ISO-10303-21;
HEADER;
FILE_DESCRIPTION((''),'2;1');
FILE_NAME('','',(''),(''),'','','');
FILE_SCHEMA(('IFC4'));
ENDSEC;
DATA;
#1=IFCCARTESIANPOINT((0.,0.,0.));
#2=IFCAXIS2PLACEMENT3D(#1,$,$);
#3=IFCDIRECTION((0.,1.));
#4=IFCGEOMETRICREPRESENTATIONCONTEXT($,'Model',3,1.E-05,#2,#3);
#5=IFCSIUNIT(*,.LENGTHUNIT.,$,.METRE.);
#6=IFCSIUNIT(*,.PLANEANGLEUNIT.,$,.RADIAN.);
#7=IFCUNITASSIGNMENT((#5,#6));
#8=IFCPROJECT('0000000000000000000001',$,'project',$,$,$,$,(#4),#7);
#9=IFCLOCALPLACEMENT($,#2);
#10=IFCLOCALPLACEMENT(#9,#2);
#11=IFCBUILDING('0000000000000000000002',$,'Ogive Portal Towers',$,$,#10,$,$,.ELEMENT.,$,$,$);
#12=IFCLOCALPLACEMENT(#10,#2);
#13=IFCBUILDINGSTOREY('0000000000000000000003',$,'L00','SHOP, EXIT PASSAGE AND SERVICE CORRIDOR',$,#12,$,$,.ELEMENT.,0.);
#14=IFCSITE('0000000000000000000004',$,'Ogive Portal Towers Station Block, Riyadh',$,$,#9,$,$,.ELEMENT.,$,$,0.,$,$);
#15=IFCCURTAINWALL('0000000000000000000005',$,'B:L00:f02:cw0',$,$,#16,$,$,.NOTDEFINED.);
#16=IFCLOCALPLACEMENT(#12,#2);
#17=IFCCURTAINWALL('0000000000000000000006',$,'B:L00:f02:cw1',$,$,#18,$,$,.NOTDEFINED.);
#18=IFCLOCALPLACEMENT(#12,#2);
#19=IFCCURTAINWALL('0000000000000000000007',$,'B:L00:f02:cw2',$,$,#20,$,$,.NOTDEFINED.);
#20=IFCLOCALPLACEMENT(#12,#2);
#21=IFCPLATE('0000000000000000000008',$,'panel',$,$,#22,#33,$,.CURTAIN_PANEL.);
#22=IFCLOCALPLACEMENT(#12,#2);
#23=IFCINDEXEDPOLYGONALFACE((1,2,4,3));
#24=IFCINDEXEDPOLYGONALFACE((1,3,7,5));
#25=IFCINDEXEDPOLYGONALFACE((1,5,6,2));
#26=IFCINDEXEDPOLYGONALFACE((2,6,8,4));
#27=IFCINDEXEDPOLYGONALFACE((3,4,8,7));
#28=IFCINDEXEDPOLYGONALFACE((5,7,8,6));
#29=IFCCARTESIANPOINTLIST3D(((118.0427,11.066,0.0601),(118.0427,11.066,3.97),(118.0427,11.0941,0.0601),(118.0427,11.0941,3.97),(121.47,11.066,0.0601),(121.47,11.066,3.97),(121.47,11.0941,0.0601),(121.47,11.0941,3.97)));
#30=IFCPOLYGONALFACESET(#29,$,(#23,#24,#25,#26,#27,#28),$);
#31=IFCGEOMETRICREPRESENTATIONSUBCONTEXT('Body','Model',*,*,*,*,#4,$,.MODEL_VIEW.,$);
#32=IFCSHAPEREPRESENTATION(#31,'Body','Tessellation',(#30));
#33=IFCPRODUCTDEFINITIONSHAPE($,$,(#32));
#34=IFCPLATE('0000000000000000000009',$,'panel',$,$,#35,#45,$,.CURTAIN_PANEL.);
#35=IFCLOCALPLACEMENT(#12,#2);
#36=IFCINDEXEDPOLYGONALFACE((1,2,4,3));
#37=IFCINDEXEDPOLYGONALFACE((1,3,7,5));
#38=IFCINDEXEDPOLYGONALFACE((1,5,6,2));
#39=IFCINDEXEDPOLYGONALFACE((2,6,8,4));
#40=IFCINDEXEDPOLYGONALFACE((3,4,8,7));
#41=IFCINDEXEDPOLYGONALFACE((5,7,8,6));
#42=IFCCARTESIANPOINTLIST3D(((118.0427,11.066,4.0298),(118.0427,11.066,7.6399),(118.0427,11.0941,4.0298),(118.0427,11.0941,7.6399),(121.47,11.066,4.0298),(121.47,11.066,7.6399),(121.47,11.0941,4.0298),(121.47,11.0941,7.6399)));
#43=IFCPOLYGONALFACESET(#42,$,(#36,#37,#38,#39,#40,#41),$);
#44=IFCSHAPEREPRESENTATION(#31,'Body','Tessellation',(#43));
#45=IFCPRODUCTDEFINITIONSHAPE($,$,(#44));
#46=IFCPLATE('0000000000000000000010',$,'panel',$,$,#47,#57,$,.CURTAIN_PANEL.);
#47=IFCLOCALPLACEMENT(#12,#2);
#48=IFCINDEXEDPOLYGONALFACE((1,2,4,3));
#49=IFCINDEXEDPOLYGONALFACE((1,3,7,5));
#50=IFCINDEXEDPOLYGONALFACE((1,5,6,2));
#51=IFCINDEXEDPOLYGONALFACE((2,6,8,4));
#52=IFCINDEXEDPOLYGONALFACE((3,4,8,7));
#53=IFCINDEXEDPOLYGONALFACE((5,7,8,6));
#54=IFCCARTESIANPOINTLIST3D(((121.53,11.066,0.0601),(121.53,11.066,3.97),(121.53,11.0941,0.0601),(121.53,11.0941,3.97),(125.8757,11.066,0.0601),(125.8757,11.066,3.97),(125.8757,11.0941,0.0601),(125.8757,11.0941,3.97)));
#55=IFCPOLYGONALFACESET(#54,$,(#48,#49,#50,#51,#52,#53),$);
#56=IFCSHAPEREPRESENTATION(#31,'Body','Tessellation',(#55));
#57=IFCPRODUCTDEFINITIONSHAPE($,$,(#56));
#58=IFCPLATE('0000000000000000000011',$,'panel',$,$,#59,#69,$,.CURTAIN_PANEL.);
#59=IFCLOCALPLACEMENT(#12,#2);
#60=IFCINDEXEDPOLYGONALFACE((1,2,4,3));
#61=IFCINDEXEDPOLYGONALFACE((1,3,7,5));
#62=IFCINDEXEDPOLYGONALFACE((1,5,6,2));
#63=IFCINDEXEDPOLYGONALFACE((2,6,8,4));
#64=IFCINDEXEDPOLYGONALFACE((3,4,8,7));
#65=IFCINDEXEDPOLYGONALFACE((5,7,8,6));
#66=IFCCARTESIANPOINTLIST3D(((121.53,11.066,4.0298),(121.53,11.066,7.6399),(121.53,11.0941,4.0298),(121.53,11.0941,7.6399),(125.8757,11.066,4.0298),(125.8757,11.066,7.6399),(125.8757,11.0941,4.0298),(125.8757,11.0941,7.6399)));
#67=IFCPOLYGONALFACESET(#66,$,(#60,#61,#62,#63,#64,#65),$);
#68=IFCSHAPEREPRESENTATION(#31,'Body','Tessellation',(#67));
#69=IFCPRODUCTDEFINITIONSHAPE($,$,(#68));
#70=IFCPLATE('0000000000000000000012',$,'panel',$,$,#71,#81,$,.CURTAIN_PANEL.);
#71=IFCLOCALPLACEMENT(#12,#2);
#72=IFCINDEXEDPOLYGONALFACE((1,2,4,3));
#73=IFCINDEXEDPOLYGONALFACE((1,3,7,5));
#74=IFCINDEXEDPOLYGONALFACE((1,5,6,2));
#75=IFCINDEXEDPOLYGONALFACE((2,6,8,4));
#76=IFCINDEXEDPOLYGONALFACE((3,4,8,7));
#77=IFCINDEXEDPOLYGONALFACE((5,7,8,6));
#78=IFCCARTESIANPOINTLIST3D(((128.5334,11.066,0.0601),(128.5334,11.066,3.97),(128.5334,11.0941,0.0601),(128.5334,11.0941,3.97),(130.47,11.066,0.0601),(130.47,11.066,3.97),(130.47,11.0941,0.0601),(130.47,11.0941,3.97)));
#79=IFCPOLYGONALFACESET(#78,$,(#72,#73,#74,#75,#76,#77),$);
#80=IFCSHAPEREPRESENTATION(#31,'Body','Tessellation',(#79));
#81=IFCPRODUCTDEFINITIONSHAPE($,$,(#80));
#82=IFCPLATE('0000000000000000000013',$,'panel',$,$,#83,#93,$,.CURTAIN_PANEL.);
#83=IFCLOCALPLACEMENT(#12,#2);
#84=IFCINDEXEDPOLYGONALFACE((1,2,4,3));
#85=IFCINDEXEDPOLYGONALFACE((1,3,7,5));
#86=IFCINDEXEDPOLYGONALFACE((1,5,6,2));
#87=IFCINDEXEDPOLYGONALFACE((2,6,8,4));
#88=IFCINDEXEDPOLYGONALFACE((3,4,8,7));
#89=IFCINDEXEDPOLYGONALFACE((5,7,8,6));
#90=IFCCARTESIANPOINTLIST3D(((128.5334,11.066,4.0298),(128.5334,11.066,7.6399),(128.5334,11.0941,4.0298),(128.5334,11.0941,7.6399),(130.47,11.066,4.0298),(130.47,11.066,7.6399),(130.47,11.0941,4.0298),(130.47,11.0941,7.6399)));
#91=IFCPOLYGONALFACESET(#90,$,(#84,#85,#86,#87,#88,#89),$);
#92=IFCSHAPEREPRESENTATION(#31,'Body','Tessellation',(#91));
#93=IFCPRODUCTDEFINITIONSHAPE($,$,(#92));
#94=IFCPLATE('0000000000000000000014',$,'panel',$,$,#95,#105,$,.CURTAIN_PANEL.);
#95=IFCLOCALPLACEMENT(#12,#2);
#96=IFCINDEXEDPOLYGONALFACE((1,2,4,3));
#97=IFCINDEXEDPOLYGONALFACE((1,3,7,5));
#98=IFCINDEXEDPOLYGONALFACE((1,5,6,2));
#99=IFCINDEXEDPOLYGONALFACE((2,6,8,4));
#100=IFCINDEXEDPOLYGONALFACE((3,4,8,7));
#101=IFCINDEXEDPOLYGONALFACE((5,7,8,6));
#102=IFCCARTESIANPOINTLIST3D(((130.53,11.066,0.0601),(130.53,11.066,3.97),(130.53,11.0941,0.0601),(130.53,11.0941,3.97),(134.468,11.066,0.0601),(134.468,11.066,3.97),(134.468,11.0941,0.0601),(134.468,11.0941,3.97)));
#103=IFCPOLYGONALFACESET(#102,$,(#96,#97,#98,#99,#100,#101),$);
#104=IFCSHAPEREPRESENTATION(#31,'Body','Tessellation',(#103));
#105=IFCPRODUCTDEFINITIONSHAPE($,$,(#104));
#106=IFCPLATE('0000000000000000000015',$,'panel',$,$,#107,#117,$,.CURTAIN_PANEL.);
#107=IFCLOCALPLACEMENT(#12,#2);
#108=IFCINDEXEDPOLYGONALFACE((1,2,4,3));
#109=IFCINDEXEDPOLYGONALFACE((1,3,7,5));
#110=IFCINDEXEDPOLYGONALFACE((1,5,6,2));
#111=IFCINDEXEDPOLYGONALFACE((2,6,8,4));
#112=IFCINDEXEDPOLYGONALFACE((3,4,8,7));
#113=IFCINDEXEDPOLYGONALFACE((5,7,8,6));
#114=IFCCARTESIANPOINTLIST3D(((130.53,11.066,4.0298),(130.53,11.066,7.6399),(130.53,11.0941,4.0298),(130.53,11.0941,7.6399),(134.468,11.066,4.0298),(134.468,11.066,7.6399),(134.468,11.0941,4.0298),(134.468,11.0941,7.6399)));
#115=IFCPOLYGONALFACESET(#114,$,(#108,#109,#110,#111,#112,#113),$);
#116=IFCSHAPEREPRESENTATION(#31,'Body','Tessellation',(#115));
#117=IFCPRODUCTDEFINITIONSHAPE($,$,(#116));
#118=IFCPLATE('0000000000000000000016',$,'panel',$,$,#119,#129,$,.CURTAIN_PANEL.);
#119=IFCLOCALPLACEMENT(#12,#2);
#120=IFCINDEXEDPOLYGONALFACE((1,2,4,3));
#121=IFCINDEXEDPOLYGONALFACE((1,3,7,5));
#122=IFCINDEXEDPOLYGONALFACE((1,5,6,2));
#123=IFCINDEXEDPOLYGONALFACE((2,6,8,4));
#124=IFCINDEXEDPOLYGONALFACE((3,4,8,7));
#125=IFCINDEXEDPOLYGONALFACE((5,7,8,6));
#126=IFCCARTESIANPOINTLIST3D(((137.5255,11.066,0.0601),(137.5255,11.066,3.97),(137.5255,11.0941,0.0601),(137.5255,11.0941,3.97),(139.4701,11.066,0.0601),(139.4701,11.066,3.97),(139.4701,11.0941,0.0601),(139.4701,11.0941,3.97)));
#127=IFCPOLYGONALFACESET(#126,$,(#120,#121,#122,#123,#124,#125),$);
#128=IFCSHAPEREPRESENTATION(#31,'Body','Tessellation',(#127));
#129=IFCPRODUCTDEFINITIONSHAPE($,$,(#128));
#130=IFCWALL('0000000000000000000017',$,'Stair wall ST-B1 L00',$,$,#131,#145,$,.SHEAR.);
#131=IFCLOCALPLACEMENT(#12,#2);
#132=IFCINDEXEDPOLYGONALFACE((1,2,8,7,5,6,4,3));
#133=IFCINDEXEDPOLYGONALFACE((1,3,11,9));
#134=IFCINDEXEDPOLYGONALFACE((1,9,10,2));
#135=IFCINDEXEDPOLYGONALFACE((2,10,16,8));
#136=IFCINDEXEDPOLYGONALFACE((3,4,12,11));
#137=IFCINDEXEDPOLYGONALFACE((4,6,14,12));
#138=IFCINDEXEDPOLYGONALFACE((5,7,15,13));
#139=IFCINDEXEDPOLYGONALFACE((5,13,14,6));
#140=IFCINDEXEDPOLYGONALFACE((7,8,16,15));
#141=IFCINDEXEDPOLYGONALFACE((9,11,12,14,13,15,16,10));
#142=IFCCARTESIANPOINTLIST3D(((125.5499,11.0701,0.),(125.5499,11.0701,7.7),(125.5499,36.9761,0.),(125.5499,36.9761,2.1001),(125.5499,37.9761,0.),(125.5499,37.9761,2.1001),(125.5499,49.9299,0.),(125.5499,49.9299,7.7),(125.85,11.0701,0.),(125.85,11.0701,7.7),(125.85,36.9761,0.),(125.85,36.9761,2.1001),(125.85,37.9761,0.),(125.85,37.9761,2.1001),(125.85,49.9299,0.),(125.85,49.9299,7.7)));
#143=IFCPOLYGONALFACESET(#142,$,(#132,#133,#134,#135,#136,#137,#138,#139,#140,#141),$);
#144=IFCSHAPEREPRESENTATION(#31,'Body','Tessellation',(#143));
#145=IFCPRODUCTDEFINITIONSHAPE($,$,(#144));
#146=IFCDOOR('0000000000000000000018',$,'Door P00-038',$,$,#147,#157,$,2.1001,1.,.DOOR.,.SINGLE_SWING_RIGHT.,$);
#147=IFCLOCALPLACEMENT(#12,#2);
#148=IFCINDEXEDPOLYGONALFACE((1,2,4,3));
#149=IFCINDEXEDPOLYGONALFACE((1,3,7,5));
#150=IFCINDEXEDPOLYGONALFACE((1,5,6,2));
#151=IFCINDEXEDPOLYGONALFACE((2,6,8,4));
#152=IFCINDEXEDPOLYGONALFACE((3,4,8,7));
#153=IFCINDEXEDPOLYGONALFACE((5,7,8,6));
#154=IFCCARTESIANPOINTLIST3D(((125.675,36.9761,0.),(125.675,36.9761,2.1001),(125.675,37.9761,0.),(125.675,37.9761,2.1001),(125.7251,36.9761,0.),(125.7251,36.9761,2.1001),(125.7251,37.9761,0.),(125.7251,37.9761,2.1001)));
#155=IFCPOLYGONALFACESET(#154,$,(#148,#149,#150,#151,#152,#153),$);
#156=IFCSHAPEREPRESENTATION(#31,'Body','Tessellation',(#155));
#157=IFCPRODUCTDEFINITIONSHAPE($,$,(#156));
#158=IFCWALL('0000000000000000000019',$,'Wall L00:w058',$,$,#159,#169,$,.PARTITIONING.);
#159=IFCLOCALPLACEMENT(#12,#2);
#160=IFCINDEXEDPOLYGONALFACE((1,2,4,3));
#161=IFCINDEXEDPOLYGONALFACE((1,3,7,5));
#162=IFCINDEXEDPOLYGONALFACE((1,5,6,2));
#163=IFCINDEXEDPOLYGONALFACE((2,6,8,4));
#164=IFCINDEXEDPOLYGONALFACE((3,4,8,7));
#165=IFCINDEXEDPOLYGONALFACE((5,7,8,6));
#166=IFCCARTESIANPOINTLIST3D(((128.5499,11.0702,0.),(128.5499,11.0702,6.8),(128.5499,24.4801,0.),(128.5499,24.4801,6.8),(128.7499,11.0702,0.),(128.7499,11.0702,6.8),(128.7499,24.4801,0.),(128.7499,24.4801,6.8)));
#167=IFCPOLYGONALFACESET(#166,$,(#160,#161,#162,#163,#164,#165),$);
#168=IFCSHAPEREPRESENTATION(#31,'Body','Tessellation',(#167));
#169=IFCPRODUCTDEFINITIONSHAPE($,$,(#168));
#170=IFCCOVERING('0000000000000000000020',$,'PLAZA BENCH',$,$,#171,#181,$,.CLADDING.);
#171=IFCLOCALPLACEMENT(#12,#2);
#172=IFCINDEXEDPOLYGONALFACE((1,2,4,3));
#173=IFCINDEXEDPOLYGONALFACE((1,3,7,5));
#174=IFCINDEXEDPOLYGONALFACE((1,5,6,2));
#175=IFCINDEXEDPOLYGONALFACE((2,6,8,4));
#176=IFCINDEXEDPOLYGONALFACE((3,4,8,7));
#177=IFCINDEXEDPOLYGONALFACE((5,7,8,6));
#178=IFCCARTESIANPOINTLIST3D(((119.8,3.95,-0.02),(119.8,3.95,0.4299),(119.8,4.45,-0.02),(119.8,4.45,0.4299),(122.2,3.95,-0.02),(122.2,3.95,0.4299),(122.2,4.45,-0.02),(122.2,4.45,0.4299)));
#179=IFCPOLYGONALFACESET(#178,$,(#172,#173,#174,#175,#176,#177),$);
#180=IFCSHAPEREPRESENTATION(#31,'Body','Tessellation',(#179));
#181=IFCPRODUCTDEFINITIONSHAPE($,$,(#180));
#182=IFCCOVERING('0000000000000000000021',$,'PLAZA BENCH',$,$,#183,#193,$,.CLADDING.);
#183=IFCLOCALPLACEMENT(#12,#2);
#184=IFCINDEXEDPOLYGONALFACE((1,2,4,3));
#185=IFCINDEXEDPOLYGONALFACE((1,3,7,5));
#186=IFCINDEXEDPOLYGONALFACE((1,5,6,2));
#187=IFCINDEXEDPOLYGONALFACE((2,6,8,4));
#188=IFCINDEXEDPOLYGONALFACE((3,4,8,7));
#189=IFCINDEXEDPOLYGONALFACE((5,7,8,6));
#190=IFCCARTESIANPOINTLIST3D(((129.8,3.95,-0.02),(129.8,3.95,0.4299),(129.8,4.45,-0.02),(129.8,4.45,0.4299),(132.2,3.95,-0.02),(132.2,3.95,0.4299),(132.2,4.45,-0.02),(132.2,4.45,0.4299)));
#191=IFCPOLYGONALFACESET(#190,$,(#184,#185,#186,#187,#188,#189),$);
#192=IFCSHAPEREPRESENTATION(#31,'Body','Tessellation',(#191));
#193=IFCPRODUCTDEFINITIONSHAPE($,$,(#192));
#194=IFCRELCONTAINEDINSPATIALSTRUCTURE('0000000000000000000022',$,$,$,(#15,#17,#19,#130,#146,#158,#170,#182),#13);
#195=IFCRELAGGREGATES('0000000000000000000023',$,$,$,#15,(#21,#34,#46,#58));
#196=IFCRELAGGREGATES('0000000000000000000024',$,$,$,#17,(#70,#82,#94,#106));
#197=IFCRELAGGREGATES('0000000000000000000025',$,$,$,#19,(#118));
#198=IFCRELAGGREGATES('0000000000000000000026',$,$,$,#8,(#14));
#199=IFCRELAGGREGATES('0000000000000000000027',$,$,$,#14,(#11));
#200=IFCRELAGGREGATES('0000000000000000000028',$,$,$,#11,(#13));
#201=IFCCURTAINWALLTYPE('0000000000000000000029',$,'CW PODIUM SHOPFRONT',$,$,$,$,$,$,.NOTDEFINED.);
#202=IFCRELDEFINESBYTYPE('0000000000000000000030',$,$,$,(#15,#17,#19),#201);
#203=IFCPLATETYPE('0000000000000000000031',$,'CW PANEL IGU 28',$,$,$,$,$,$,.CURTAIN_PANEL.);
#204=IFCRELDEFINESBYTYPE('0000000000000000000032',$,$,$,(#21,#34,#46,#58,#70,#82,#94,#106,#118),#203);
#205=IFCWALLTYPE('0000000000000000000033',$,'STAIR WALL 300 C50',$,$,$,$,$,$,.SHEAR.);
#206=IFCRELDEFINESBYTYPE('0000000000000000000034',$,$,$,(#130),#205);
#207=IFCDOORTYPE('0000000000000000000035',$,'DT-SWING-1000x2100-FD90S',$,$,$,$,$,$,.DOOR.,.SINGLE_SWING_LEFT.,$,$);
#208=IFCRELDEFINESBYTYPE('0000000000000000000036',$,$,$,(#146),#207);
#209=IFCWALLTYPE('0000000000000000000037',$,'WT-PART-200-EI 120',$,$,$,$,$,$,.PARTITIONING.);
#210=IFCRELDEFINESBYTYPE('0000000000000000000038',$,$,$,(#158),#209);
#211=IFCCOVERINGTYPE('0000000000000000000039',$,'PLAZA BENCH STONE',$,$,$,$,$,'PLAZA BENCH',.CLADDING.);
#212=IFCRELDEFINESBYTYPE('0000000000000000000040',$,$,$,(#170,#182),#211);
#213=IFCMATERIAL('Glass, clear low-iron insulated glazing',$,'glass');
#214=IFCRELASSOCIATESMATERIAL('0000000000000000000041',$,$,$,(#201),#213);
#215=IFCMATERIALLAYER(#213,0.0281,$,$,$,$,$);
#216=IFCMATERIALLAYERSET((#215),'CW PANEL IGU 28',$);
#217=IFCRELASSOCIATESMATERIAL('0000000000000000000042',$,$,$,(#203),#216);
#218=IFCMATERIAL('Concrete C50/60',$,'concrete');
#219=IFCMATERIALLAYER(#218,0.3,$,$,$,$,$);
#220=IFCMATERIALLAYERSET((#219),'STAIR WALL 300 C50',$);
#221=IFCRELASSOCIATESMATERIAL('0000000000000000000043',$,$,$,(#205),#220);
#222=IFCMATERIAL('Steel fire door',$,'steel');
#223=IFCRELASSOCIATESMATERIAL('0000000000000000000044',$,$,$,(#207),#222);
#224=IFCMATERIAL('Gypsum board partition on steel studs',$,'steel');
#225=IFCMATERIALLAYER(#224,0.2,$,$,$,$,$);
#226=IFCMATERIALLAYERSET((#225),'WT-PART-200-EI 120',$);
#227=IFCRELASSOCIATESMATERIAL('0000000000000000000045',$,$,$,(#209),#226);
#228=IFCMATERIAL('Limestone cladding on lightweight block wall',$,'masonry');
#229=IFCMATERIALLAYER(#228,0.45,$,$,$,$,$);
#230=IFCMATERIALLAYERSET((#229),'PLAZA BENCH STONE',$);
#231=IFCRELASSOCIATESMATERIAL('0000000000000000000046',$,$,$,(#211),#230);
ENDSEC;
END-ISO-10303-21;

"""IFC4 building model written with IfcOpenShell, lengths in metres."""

from ifc_helpers import new_model, si_unit, direction, frame, frame_2d, origin, origin_2d, place, context, subcontext, project, spatial, rectangle, extrude, material, layer, layer_set, type_object, element, fill, aggregate, save


model = new_model("IFC4")

# Units and contexts
model_context = context("Model", 3, precision=1e-05, world=origin(), true_north=direction((0.0, 1.0)))
body_context = subcontext(model_context, "Body", "Model", "MODEL_VIEW")
ifc_project = project(units=[si_unit("LENGTHUNIT", "METRE"), si_unit("PLANEANGLEUNIT", "RADIAN")], contexts=[model_context])

# Site, building, storey
site_placement = place(None, origin())
site = spatial("IfcSite", under=ifc_project, at=site_placement, Name="Ogive Portal Towers Station Block, Riyadh", CompositionType="ELEMENT", RefElevation=0.0)
building_placement = place(site_placement, origin())
building = spatial("IfcBuilding", under=site, at=building_placement, Name="Ogive Portal Towers", CompositionType="ELEMENT")
storey_placement = place(building_placement, origin())
storey = spatial("IfcBuildingStorey", under=building, at=storey_placement, Name="L00", Description="SHOP, EXIT PASSAGE AND SERVICE CORRIDOR", CompositionType="ELEMENT", Elevation=0.0)

# Curtain walls
ifc_material_1 = material(Name="Glass, clear low-iron insulated glazing", Category="glass")
curtain_wall_type = type_object("IfcCurtainWallType", Name="CW PODIUM SHOPFRONT", PredefinedType="NOTDEFINED", material=ifc_material_1)
curtain_wall_1_placement = place(storey_placement, origin())
curtain_wall_1 = element("IfcCurtainWall", 1, at=curtain_wall_1_placement, inside=storey, type_object=curtain_wall_type, Name="B:L00:f02:cw0", PredefinedType="NOTDEFINED")
curtain_wall_2_placement = place(storey_placement, origin())
curtain_wall_2 = element("IfcCurtainWall", 2, at=curtain_wall_2_placement, inside=storey, type_object=curtain_wall_type, Name="B:L00:f02:cw1", PredefinedType="NOTDEFINED")

# Curtain wall
curtain_wall_3_placement = place(storey_placement, origin())
curtain_wall_3 = element("IfcCurtainWall", 3, at=curtain_wall_3_placement, inside=storey, type_object=curtain_wall_type, Name="B:L00:f02:cw2", PredefinedType="NOTDEFINED")

# Plates
ifc_layer_1 = layer(ifc_material_1, 0.0281)
ifc_layer_set_1 = layer_set([ifc_layer_1], Name="CW PANEL IGU 28")
plate_type = type_object("IfcPlateType", Name="CW PANEL IGU 28", PredefinedType="CURTAIN_PANEL", material=ifc_layer_set_1)
plate_1_placement = place(storey_placement, frame((119.7563, 11.0801, 0.0601), z_axis=(0.0, 0.0, 1.0), x_axis=(1.0, 0.0, 0.0)))
plate_1 = element("IfcPlate", 4, at=plate_1_placement, type_object=plate_type, Name="panel", PredefinedType="CURTAIN_PANEL", context=body_context, shape_type="SweptSolid", body=[
    extrude(rectangle(XDim=3.4272, YDim=0.0281, at=origin_2d()), origin(), (0.0, 0.0, 1.0), 3.9099),
])
plate_2_placement = place(storey_placement, frame((119.7563, 11.0801, 4.0298), z_axis=(0.0, 0.0, 1.0), x_axis=(1.0, 0.0, 0.0)))
plate_2 = element("IfcPlate", 5, at=plate_2_placement, type_object=plate_type, Name="panel", PredefinedType="CURTAIN_PANEL", context=body_context, shape_type="SweptSolid", body=[
    extrude(rectangle(XDim=3.4272, YDim=0.0281, at=origin_2d()), origin(), (0.0, 0.0, 1.0), 3.6101),
])
plate_3_placement = place(storey_placement, frame((123.7029, 11.0801, 0.0601), z_axis=(0.0, 0.0, 1.0), x_axis=(1.0, 0.0, 0.0)))
plate_3 = element("IfcPlate", 6, at=plate_3_placement, type_object=plate_type, Name="panel", PredefinedType="CURTAIN_PANEL", context=body_context, shape_type="SweptSolid", body=[
    extrude(rectangle(XDim=4.3457, YDim=0.0281, at=origin_2d()), origin(), (0.0, 0.0, 1.0), 3.9099),
])
plate_4_placement = place(storey_placement, frame((123.7029, 11.0801, 4.0298), z_axis=(0.0, 0.0, 1.0), x_axis=(1.0, 0.0, 0.0)))
plate_4 = element("IfcPlate", 7, at=plate_4_placement, type_object=plate_type, Name="panel", PredefinedType="CURTAIN_PANEL", context=body_context, shape_type="SweptSolid", body=[
    extrude(rectangle(XDim=4.3457, YDim=0.0281, at=origin_2d()), origin(), (0.0, 0.0, 1.0), 3.6101),
])
aggregate(curtain_wall_1, [plate_1, plate_2, plate_3, plate_4])
plate_5_placement = place(storey_placement, frame((129.5017, 11.0801, 0.0601), z_axis=(0.0, 0.0, 1.0), x_axis=(1.0, 0.0, 0.0)))
plate_5 = element("IfcPlate", 8, at=plate_5_placement, type_object=plate_type, Name="panel", PredefinedType="CURTAIN_PANEL", context=body_context, shape_type="SweptSolid", body=[
    extrude(rectangle(XDim=1.9365, YDim=0.0281, at=origin_2d()), origin(), (0.0, 0.0, 1.0), 3.9099),
])
plate_6_placement = place(storey_placement, frame((129.5017, 11.0801, 4.0298), z_axis=(0.0, 0.0, 1.0), x_axis=(1.0, 0.0, 0.0)))
plate_6 = element("IfcPlate", 9, at=plate_6_placement, type_object=plate_type, Name="panel", PredefinedType="CURTAIN_PANEL", context=body_context, shape_type="SweptSolid", body=[
    extrude(rectangle(XDim=1.9365, YDim=0.0281, at=origin_2d()), origin(), (0.0, 0.0, 1.0), 3.6101),
])
plate_7_placement = place(storey_placement, frame((132.499, 11.0801, 0.0601), z_axis=(0.0, 0.0, 1.0), x_axis=(1.0, 0.0, 0.0)))
plate_7 = element("IfcPlate", 10, at=plate_7_placement, type_object=plate_type, Name="panel", PredefinedType="CURTAIN_PANEL", context=body_context, shape_type="SweptSolid", body=[
    extrude(rectangle(XDim=3.938, YDim=0.0281, at=origin_2d()), origin(), (0.0, 0.0, 1.0), 3.9099),
])
plate_8_placement = place(storey_placement, frame((132.499, 11.0801, 4.0298), z_axis=(0.0, 0.0, 1.0), x_axis=(1.0, 0.0, 0.0)))
plate_8 = element("IfcPlate", 11, at=plate_8_placement, type_object=plate_type, Name="panel", PredefinedType="CURTAIN_PANEL", context=body_context, shape_type="SweptSolid", body=[
    extrude(rectangle(XDim=3.938, YDim=0.0281, at=origin_2d()), origin(), (0.0, 0.0, 1.0), 3.6101),
])
aggregate(curtain_wall_2, [plate_5, plate_6, plate_7, plate_8])
plate_9_placement = place(storey_placement, frame((138.4978, 11.0801, 0.0601), z_axis=(0.0, 0.0, 1.0), x_axis=(1.0, 0.0, 0.0)))
plate_9 = element("IfcPlate", 12, at=plate_9_placement, type_object=plate_type, Name="panel", PredefinedType="CURTAIN_PANEL", context=body_context, shape_type="SweptSolid", body=[
    extrude(rectangle(XDim=1.9446, YDim=0.0281, at=origin_2d()), origin(), (0.0, 0.0, 1.0), 3.9099),
])
aggregate(curtain_wall_3, [plate_9])

# Wall, opening, door
ifc_material_2 = material(Name="Concrete C50/60", Category="concrete")
ifc_layer_2 = layer(ifc_material_2, 0.3)
ifc_layer_set_2 = layer_set([ifc_layer_2], Name="STAIR WALL 300 C50")
wall_type_1 = type_object("IfcWallType", Name="STAIR WALL 300 C50", PredefinedType="SHEAR", material=ifc_layer_set_2)
wall_1_placement = place(storey_placement, frame((125.7, 11.0701, 0.0), z_axis=(0.0, 0.0, 1.0), x_axis=(0.0, 1.0, 0.0)))
wall_1 = element("IfcWall", 13, at=wall_1_placement, inside=storey, type_object=wall_type_1, Name="Stair wall ST-B1 L00", PredefinedType="SHEAR", context=body_context, shape_type="SweptSolid", body=[
    extrude(rectangle(XDim=38.8599, YDim=0.3, at=frame_2d((19.4299, 0.0))), origin(), (0.0, 0.0, 1.0), 7.7),
])
opening_placement = place(wall_1_placement, frame((25.906, 0.0, 0.0)))
opening = element("IfcOpeningElement", 14, at=opening_placement, cuts=wall_1, PredefinedType="OPENING", context=body_context, shape_type="SweptSolid", body=[
    extrude(rectangle(XDim=1.0, YDim=2.1001, at=frame_2d((0.5, 1.05))), frame((0.0, 0.1602, 0.0), z_axis=(0.0, -1.0, 0.0), x_axis=(1.0, 0.0, 0.0)), (0.0, 0.0, 1.0), 0.3201),
])
ifc_material_3 = material(Name="Steel fire door", Category="steel")
door_type = type_object("IfcDoorType", Name="DT-SWING-1000x2100-FD90S", OperationType="SINGLE_SWING_LEFT", PredefinedType="DOOR", material=ifc_material_3)
door_placement = place(opening_placement, origin())
door = element("IfcDoor", 15, at=door_placement, inside=storey, type_object=door_type, Name="Door P00-038", OperationType="SINGLE_SWING_RIGHT", OverallHeight=2.1001, OverallWidth=1.0, PredefinedType="DOOR", context=body_context, shape_type="SweptSolid", body=[
    extrude(rectangle(XDim=1.0, YDim=2.1001, at=frame_2d((0.5, 1.05))), frame((0.0, 0.0249, 0.0), z_axis=(0.0, -1.0, 0.0), x_axis=(1.0, 0.0, 0.0)), (0.0, 0.0, 1.0), 0.05),
])
fill(opening, door)

# Wall
ifc_material_4 = material(Name="Gypsum board partition on steel studs", Category="steel")
ifc_layer_3 = layer(ifc_material_4, 0.2)
ifc_layer_set_3 = layer_set([ifc_layer_3], Name="WT-PART-200-EI 120")
wall_type_2 = type_object("IfcWallType", Name="WT-PART-200-EI 120", PredefinedType="PARTITIONING", material=ifc_layer_set_3)
wall_2_placement = place(storey_placement, frame((128.6499, 11.0701, 0.0), z_axis=(0.0, 0.0, 1.0), x_axis=(0.0, 1.0, 0.0)))
element("IfcWall", 16, at=wall_2_placement, inside=storey, type_object=wall_type_2, Name="Wall L00:w058", PredefinedType="PARTITIONING", context=body_context, shape_type="SweptSolid", body=[
    extrude(rectangle(XDim=13.4099, YDim=0.2, at=frame_2d((6.7051, 0.0))), origin(), (0.0, 0.0, 1.0), 6.8),
])

# Coverings
ifc_material_5 = material(Name="Limestone cladding on lightweight block wall", Category="masonry")
ifc_layer_4 = layer(ifc_material_5, 0.45)
ifc_layer_set_4 = layer_set([ifc_layer_4], Name="PLAZA BENCH STONE")
covering_type_1 = type_object("IfcCoveringType", Name="PLAZA BENCH STONE", ElementType="PLAZA BENCH", PredefinedType="CLADDING", material=ifc_layer_set_4)
for number, where, z_axis, x_axis, name in (
    (17, (121.0, 4.2, -0.02), (0.0, 0.0, 1.0), (1.0, 0.0, 0.0), "PLAZA BENCH"),
    (18, (131.0, 4.2, -0.02), (0.0, 0.0, 1.0), (1.0, 0.0, 0.0), "PLAZA BENCH"),
):
    element("IfcCovering", number, at=place(storey_placement, frame(where, z_axis=z_axis, x_axis=x_axis)), inside=storey, type_object=covering_type_1, Name=name, PredefinedType="CLADDING", context=body_context, shape_type="SweptSolid", body=[
        extrude(rectangle(XDim=2.3999, YDim=0.5, at=origin_2d()), origin(), (0.0, 0.0, 1.0), 0.45),
    ])

save(model, "model.ifc")
